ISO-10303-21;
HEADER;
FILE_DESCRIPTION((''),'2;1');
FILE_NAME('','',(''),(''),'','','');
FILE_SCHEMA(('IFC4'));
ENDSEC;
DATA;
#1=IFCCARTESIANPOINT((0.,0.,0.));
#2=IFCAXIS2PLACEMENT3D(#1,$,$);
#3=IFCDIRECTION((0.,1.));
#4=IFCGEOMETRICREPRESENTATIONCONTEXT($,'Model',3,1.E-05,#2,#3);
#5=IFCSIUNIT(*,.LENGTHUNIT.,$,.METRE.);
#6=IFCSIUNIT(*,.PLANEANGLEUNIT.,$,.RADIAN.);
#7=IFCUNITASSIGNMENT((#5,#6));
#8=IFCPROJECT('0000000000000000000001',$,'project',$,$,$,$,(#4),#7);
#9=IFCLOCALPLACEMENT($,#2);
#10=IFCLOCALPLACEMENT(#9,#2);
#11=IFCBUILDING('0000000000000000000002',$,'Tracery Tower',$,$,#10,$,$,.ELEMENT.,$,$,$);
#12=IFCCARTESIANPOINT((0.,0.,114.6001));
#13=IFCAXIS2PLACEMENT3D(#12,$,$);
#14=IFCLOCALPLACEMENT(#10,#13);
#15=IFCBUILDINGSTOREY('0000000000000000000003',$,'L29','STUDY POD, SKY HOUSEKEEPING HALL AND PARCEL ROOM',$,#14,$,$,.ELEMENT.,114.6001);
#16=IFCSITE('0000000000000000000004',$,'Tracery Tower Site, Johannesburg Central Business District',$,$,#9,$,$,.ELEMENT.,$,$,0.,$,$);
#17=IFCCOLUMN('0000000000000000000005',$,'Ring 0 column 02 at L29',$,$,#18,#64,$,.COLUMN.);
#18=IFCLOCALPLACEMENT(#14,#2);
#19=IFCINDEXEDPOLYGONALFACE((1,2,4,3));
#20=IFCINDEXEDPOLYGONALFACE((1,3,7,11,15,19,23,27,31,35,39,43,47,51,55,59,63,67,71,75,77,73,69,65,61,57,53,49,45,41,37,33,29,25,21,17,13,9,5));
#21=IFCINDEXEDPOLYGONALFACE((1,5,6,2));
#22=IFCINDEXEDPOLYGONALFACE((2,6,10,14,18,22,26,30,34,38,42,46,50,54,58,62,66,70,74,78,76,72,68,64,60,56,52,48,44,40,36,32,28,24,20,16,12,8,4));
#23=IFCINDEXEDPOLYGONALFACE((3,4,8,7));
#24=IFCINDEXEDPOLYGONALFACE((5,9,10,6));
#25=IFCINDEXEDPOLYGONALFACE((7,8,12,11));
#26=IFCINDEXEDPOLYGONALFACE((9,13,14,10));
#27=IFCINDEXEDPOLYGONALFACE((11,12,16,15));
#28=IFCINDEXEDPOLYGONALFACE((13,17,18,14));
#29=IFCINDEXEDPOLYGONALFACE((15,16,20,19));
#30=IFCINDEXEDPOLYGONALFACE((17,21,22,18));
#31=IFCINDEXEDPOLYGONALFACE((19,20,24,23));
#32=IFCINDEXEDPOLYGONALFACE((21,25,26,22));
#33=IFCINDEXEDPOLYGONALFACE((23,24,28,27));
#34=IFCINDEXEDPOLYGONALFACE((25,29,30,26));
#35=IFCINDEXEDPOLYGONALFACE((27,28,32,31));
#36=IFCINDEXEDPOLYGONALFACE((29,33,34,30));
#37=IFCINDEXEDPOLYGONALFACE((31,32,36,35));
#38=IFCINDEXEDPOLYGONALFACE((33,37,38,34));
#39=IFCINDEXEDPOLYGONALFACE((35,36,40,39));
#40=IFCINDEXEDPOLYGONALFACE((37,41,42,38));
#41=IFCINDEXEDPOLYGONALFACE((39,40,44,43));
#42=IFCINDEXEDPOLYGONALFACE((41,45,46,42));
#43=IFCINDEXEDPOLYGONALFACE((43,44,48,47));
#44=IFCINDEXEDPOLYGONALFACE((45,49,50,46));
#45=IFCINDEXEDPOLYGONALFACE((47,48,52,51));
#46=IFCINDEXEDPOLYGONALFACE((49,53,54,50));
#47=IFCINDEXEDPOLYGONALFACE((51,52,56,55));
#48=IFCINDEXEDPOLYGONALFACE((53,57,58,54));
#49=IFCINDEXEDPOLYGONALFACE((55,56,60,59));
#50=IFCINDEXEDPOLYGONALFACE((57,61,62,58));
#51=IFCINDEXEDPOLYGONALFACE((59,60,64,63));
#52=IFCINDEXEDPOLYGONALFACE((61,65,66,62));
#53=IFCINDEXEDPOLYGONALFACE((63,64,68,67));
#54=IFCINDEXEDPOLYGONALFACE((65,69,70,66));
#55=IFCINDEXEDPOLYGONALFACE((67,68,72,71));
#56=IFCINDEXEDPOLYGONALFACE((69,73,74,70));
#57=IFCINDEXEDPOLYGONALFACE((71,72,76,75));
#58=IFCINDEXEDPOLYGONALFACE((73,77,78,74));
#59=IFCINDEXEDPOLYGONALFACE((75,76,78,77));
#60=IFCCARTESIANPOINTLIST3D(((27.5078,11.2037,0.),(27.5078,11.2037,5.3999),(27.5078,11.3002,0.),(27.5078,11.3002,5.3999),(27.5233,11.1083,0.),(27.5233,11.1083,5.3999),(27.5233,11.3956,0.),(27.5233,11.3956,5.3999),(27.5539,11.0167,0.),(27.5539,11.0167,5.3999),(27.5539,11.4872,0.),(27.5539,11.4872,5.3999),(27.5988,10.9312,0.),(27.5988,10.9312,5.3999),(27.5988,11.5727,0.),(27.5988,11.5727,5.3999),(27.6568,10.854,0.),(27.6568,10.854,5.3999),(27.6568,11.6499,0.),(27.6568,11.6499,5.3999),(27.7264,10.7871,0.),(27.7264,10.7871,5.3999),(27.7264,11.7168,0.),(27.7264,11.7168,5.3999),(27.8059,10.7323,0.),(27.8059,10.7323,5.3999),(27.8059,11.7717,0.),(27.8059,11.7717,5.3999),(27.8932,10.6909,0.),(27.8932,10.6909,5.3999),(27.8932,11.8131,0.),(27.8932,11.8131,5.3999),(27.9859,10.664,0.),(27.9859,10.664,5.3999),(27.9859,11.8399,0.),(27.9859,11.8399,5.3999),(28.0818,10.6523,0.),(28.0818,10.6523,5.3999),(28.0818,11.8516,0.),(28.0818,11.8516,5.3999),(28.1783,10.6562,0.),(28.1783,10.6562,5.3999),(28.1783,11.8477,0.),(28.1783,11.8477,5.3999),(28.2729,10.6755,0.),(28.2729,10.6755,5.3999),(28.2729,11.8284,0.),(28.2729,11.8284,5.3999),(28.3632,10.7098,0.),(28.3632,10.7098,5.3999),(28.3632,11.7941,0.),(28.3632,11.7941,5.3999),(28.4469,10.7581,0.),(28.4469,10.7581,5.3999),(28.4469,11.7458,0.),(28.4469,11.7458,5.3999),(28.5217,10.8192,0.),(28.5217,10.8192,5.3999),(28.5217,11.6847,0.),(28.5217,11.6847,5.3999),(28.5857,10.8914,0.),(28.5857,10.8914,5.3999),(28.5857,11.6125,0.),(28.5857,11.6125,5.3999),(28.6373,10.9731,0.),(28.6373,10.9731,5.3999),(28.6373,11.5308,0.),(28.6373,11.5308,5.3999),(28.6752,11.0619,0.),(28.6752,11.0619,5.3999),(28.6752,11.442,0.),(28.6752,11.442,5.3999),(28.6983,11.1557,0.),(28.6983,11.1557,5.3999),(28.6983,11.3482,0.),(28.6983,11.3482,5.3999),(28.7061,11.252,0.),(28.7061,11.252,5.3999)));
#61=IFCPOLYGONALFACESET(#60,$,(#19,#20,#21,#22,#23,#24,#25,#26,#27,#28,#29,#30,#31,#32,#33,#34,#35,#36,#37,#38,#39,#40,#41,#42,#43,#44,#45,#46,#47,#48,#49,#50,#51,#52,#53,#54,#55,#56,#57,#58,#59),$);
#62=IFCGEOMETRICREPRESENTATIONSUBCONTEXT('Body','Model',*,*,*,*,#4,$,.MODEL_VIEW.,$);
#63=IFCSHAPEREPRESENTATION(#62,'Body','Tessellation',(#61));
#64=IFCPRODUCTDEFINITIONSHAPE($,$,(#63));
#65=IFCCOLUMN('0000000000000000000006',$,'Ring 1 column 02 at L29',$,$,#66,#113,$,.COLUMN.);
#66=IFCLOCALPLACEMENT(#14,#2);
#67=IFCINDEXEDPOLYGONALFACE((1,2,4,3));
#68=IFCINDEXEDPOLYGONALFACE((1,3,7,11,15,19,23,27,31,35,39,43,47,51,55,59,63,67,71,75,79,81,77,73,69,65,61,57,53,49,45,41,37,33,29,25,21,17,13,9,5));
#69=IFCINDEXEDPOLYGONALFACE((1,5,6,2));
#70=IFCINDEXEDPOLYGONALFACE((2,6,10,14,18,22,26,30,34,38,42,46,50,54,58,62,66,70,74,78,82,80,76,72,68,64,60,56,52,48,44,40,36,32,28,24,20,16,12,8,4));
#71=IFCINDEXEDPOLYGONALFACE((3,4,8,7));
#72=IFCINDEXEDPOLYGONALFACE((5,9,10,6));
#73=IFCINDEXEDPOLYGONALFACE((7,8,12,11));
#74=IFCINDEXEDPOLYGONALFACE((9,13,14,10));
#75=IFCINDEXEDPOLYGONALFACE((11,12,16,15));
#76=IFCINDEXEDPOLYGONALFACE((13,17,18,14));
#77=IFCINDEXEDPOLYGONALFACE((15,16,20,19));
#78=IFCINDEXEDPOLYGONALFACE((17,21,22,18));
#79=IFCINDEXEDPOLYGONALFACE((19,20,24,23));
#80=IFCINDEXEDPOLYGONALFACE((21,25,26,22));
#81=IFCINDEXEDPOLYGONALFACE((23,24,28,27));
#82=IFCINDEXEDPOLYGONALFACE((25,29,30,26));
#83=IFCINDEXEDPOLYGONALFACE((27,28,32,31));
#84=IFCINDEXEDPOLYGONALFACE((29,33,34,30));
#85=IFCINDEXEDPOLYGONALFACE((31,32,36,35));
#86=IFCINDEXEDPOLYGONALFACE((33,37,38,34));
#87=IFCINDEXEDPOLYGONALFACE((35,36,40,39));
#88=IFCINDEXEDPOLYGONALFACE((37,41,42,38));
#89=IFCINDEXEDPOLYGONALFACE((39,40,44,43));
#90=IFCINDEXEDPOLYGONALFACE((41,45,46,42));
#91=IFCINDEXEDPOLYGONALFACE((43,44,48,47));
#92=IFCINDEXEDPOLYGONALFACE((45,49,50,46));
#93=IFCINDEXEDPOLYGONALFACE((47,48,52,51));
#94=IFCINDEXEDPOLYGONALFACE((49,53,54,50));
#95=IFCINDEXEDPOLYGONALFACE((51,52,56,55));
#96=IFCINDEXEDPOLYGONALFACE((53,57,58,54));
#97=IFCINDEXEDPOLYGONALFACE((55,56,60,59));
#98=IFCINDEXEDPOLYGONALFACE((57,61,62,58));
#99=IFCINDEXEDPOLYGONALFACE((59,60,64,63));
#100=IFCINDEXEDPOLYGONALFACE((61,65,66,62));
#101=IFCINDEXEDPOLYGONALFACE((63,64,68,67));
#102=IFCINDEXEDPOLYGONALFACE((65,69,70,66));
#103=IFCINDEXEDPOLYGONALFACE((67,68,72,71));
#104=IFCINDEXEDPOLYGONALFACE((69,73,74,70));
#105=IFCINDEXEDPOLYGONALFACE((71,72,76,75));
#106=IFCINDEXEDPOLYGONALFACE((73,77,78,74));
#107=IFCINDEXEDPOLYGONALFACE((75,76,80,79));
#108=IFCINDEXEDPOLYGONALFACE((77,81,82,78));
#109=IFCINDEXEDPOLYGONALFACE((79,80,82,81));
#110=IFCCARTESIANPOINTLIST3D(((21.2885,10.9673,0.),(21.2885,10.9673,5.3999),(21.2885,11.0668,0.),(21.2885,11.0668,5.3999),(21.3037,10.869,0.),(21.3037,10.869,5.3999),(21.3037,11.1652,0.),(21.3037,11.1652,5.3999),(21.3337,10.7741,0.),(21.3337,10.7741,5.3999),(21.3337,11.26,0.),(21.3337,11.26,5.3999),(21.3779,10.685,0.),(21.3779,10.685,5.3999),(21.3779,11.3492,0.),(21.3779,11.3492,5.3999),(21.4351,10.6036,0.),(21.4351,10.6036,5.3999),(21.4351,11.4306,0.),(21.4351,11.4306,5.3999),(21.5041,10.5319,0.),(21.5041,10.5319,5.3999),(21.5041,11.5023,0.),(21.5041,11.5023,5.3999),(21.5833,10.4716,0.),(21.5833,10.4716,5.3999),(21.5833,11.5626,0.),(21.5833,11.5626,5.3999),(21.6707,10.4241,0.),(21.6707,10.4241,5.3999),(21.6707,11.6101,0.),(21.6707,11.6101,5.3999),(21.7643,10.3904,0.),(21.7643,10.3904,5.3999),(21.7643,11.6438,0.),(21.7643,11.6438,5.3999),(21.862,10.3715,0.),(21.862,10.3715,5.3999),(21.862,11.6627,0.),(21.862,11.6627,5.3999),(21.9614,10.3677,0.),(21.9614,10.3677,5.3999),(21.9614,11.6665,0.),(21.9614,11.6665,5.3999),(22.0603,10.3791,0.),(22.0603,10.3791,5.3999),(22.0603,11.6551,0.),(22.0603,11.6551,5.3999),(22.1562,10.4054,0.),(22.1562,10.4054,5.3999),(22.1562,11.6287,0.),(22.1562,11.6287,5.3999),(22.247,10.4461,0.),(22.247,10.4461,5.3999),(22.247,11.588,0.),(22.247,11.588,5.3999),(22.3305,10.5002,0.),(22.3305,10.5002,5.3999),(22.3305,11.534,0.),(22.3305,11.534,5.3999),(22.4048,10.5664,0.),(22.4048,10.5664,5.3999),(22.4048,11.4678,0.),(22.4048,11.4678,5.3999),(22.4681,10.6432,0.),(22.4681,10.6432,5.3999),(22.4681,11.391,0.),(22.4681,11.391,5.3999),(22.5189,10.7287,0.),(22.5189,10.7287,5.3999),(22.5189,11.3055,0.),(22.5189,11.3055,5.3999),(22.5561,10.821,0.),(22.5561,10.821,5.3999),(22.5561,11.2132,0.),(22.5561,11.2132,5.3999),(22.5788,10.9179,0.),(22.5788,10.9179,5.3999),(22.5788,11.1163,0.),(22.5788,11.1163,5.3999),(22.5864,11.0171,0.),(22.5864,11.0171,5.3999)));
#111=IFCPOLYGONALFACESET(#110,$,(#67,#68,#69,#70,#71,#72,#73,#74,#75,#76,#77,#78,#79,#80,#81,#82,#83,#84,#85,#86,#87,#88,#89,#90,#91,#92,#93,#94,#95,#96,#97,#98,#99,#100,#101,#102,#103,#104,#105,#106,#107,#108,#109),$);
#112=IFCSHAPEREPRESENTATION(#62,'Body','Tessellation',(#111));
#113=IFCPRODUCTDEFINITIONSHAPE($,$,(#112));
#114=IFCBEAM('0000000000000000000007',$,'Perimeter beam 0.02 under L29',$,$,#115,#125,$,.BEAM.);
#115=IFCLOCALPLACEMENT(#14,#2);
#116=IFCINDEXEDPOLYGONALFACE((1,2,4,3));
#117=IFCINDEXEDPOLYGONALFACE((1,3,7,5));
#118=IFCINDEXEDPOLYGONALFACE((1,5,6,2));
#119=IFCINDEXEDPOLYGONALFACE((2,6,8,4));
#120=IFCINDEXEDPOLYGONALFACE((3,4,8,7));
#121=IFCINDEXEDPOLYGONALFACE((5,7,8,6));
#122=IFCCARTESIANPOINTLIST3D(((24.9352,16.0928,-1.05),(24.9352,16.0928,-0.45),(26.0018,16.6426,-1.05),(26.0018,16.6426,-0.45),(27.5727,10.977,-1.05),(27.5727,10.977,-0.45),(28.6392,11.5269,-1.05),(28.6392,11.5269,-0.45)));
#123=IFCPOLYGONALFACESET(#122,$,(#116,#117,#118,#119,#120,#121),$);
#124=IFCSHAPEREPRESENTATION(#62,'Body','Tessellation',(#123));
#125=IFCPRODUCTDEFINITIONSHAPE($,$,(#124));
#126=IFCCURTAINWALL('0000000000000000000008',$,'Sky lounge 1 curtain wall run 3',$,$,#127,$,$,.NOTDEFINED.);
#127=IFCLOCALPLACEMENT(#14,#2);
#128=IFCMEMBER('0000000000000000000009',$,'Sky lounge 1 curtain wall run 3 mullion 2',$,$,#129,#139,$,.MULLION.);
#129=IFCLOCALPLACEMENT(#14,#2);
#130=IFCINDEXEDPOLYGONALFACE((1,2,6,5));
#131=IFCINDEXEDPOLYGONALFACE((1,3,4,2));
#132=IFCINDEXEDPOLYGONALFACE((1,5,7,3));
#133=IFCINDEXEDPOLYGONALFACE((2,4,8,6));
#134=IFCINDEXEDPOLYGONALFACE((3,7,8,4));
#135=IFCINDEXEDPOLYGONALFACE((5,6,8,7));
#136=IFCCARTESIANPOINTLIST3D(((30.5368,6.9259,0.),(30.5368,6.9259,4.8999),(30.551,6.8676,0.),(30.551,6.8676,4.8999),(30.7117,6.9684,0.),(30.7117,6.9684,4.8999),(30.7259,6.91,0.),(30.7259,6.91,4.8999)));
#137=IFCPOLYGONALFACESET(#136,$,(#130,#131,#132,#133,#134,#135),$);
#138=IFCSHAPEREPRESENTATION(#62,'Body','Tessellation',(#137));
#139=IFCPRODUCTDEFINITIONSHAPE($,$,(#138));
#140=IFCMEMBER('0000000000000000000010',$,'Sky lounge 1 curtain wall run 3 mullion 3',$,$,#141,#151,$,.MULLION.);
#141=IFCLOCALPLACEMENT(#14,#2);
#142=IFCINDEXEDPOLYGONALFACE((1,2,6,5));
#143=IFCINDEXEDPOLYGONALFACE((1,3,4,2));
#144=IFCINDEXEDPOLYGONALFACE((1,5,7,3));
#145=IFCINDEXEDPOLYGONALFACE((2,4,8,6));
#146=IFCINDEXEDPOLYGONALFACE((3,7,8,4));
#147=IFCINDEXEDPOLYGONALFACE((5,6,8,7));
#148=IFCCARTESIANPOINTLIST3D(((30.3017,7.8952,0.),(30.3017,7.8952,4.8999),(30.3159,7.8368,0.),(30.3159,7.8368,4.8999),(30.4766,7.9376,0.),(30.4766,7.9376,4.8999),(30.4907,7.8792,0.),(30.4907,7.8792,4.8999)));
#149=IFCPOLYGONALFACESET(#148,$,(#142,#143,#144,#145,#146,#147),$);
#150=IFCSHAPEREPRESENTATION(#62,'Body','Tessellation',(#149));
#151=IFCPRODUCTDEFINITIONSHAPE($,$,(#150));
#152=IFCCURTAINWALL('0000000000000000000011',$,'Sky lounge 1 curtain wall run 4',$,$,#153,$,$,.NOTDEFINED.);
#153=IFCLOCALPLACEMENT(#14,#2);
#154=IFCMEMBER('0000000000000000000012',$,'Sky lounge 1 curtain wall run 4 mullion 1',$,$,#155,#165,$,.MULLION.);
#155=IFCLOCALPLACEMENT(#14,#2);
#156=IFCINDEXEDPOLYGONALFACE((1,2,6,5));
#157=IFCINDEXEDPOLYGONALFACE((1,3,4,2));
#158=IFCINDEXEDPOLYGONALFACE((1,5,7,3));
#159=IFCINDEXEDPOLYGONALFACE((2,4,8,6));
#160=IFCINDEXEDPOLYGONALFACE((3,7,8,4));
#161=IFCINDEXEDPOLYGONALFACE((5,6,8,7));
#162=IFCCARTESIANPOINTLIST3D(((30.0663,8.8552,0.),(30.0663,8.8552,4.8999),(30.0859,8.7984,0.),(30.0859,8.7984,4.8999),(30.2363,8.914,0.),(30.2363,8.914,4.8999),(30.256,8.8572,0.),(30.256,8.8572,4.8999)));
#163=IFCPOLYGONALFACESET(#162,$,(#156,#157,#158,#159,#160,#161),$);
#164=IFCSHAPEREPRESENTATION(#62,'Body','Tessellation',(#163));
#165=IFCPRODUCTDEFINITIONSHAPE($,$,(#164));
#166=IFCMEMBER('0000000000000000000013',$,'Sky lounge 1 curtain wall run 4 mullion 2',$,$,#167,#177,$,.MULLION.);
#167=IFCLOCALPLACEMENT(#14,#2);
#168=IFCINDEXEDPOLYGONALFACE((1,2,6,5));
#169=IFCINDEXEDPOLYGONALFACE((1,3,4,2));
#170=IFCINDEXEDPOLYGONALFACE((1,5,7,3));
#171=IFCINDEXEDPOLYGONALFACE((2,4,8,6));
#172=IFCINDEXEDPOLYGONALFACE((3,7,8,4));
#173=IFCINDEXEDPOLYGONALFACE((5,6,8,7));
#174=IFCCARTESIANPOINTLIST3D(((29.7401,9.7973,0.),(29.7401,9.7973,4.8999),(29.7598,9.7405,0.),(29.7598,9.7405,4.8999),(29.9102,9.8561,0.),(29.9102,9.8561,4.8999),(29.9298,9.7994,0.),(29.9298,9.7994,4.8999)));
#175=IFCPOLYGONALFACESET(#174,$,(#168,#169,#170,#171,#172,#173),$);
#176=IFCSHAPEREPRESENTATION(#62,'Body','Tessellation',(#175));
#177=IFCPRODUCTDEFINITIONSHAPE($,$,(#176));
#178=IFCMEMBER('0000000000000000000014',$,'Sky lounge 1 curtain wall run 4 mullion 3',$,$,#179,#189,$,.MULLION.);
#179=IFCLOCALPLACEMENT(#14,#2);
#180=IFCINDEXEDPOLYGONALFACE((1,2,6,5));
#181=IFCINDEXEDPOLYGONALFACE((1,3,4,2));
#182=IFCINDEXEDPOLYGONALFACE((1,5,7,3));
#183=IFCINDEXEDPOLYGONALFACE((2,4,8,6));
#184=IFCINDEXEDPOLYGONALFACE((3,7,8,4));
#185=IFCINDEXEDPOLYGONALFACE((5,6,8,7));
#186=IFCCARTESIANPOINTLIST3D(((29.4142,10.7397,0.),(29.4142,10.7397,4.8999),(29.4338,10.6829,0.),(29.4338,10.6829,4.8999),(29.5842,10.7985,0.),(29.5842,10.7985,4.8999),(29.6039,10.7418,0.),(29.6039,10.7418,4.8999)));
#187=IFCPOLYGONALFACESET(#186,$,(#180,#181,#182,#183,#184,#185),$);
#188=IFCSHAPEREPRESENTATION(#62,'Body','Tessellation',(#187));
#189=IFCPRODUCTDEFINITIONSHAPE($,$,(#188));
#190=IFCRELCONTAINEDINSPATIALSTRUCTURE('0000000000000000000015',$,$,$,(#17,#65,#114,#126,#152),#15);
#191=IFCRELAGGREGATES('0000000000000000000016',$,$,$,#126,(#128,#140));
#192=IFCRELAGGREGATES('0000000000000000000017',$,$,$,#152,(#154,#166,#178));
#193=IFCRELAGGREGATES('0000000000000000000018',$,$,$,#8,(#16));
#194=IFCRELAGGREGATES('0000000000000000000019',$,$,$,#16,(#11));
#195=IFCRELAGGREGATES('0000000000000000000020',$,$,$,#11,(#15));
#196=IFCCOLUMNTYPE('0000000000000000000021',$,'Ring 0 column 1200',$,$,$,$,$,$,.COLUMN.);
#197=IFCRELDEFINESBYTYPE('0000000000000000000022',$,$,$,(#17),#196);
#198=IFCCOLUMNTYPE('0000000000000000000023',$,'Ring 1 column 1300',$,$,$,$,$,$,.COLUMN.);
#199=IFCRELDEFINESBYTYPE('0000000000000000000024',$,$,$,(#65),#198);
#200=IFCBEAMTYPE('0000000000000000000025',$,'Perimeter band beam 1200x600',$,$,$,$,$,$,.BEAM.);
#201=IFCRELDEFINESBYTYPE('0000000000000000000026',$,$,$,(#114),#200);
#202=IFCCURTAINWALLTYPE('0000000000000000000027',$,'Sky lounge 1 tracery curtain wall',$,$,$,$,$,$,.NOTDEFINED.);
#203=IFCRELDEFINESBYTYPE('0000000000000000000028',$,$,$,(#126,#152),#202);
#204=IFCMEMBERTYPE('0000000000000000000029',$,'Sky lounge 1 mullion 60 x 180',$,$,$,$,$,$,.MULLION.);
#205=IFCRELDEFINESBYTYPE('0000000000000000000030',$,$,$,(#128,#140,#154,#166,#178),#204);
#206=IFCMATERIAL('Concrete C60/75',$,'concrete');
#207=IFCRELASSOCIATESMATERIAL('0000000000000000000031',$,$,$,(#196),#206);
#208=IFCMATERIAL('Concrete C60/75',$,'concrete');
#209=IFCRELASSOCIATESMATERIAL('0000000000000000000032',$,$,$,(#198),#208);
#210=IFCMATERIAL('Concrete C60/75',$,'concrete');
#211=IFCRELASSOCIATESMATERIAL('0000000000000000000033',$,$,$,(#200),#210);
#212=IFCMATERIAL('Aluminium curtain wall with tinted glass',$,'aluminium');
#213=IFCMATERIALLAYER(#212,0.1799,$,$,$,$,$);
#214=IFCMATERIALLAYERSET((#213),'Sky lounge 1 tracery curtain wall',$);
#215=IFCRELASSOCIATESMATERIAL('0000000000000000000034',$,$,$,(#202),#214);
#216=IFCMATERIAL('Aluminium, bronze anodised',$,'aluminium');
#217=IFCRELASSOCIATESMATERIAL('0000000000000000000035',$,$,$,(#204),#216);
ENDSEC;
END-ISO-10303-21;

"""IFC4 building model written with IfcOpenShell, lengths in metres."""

from ifc_helpers import new_model, si_unit, direction, frame, origin, origin_2d, place, context, subcontext, project, spatial, rectangle, circle, extrude, material, layer, layer_set, material_profile, profile_set, type_object, element, aggregate, save


model = new_model("IFC4")

# Units and contexts
model_context = context("Model", 3, precision=1e-05, world=origin(), true_north=direction((0.0, 1.0)))
body_context = subcontext(model_context, "Body", "Model", "MODEL_VIEW")
ifc_project = project(units=[si_unit("LENGTHUNIT", "METRE"), si_unit("PLANEANGLEUNIT", "RADIAN")], contexts=[model_context])

# Site, building, storey
site_placement = place(None, origin())
site = spatial("IfcSite", under=ifc_project, at=site_placement, Name="Tracery Tower Site, Johannesburg Central Business District", CompositionType="ELEMENT", RefElevation=0.0)
building_placement = place(site_placement, origin())
building = spatial("IfcBuilding", under=site, at=building_placement, Name="Tracery Tower", CompositionType="ELEMENT")
storey_placement = place(building_placement, frame((0.0, 0.0, 114.6001)))
storey = spatial("IfcBuildingStorey", under=building, at=storey_placement, Name="L29", Description="STUDY POD, SKY HOUSEKEEPING HALL AND PARCEL ROOM", CompositionType="ELEMENT", Elevation=114.6001)

# Columns
ifc_material_1 = material(Name="Concrete C60/75", Category="concrete")
ifc_material_profile_1 = material_profile(ifc_material_1, circle(Radius=0.6001, at=origin_2d()), Name="RC D1200")
ifc_profile_set_1 = profile_set([ifc_material_profile_1], Name="Concrete C60/75")
column_type_1 = type_object("IfcColumnType", Name="Ring 0 column 1200", PredefinedType="COLUMN", material=ifc_profile_set_1)
column_1_placement = place(storey_placement, frame((28.106, 11.252, 0.0), z_axis=(0.0, 0.0, 1.0), x_axis=(1.0, 0.0, 0.0)))
element("IfcColumn", 1, at=column_1_placement, inside=storey, type_object=column_type_1, Name="Ring 0 column 02 at L29", PredefinedType="COLUMN", context=body_context, shape_type="SweptSolid", body=[
    extrude(circle(Radius=0.6001, at=origin_2d()), origin(), (0.0, 0.0, 1.0), 5.3999),
])
ifc_material_2 = material(Name="Concrete C60/75", Category="concrete")
ifc_material_profile_2 = material_profile(ifc_material_2, circle(Radius=0.6499, at=origin_2d()), Name="RC D1300")
ifc_profile_set_2 = profile_set([ifc_material_profile_2], Name="Concrete C60/75")
column_type_2 = type_object("IfcColumnType", Name="Ring 1 column 1300", PredefinedType="COLUMN", material=ifc_profile_set_2)
column_2_placement = place(storey_placement, frame((21.9365, 11.0171, 0.0), z_axis=(0.0, 0.0, 1.0), x_axis=(1.0, 0.0, 0.0)))
element("IfcColumn", 2, at=column_2_placement, inside=storey, type_object=column_type_2, Name="Ring 1 column 02 at L29", PredefinedType="COLUMN", context=body_context, shape_type="SweptSolid", body=[
    extrude(circle(Radius=0.6499, at=origin_2d()), origin(), (0.0, 0.0, 1.0), 5.3999),
])

# Beam
ifc_material_3 = material(Name="Concrete C60/75", Category="concrete")
ifc_material_profile_3 = material_profile(ifc_material_3, rectangle(XDim=1.2, YDim=0.6001, at=origin_2d()), Name="RC 1200x600")
ifc_profile_set_3 = profile_set([ifc_material_profile_3], Name="Concrete C60/75")
beam_type = type_object("IfcBeamType", Name="Perimeter band beam 1200x600", PredefinedType="BEAM", material=ifc_profile_set_3)
beam_placement = place(storey_placement, frame((28.106, 11.252, -0.75), z_axis=(-0.458242, 0.888827, 0.0), x_axis=(-0.888827, -0.458242, 0.0)))
element("IfcBeam", 3, at=beam_placement, inside=storey, type_object=beam_type, Name="Perimeter beam 0.02 under L29", PredefinedType="BEAM", context=body_context, shape_type="SweptSolid", body=[
    extrude(rectangle(XDim=1.2, YDim=0.6001, at=origin_2d()), origin(), (0.0, 0.0, 1.0), 5.7556),
])

# Curtain walls, members
ifc_material_4 = material(Name="Aluminium curtain wall with tinted glass", Category="aluminium")
ifc_layer_1 = layer(ifc_material_4, 0.1799)
ifc_layer_set_1 = layer_set([ifc_layer_1], Name="Sky lounge 1 tracery curtain wall")
curtain_wall_type = type_object("IfcCurtainWallType", Name="Sky lounge 1 tracery curtain wall", PredefinedType="NOTDEFINED", material=ifc_layer_set_1)
curtain_wall_1_placement = place(storey_placement, origin())
curtain_wall_1 = element("IfcCurtainWall", 4, at=curtain_wall_1_placement, inside=storey, type_object=curtain_wall_type, Name="Sky lounge 1 curtain wall run 3", PredefinedType="NOTDEFINED")
ifc_material_5 = material(Name="Aluminium, bronze anodised", Category="aluminium")
ifc_material_profile_4 = material_profile(ifc_material_5, rectangle(XDim=0.1799, YDim=0.0601, at=origin_2d()), Name="AL 60x180")
ifc_profile_set_4 = profile_set([ifc_material_profile_4], Name="Aluminium, bronze anodised")
member_type_1 = type_object("IfcMemberType", Name="Sky lounge 1 mullion 60 x 180", PredefinedType="MULLION", material=ifc_profile_set_4)
member_1_placement = place(storey_placement, frame((30.6313, 6.918, 0.0), z_axis=(0.0, 0.0, 1.0), x_axis=(-0.971812, -0.235759, 0.0)))
member_1 = element("IfcMember", 5, at=member_1_placement, type_object=member_type_1, Name="Sky lounge 1 curtain wall run 3 mullion 2", PredefinedType="MULLION", context=body_context, shape_type="SweptSolid", body=[
    extrude(rectangle(XDim=0.1799, YDim=0.0601, at=origin_2d()), origin(), (0.0, 0.0, 1.0), 4.8999),
])
member_2_placement = place(storey_placement, frame((30.3962, 7.8872, 0.0), z_axis=(0.0, 0.0, 1.0), x_axis=(-0.971812, -0.235759, 0.0)))
member_2 = element("IfcMember", 6, at=member_2_placement, type_object=member_type_1, Name="Sky lounge 1 curtain wall run 3 mullion 3", PredefinedType="MULLION", context=body_context, shape_type="SweptSolid", body=[
    extrude(rectangle(XDim=0.1799, YDim=0.0601, at=origin_2d()), origin(), (0.0, 0.0, 1.0), 4.8999),
])
curtain_wall_2_placement = place(storey_placement, origin())
curtain_wall_2 = element("IfcCurtainWall", 7, at=curtain_wall_2_placement, inside=storey, type_object=curtain_wall_type, Name="Sky lounge 1 curtain wall run 4", PredefinedType="NOTDEFINED")
member_3_placement = place(storey_placement, frame((30.1611, 8.8562, 0.0), z_axis=(0.0, 0.0, 1.0), x_axis=(-0.945001, -0.327068, 0.0)))
member_3 = element("IfcMember", 8, at=member_3_placement, type_object=member_type_1, Name="Sky lounge 1 curtain wall run 4 mullion 1", PredefinedType="MULLION", context=body_context, shape_type="SweptSolid", body=[
    extrude(rectangle(XDim=0.1799, YDim=0.0601, at=origin_2d()), origin(), (0.0, 0.0, 1.0), 4.8999),
])
member_4_placement = place(storey_placement, frame((29.835, 9.7983, 0.0), z_axis=(0.0, 0.0, 1.0), x_axis=(-0.945001, -0.327068, 0.0)))
member_4 = element("IfcMember", 9, at=member_4_placement, type_object=member_type_1, Name="Sky lounge 1 curtain wall run 4 mullion 2", PredefinedType="MULLION", context=body_context, shape_type="SweptSolid", body=[
    extrude(rectangle(XDim=0.1799, YDim=0.0601, at=origin_2d()), origin(), (0.0, 0.0, 1.0), 4.8999),
])
member_5_placement = place(storey_placement, frame((29.509, 10.7407, 0.0), z_axis=(0.0, 0.0, 1.0), x_axis=(-0.945001, -0.327068, 0.0)))
member_5 = element("IfcMember", 10, at=member_5_placement, type_object=member_type_1, Name="Sky lounge 1 curtain wall run 4 mullion 3", PredefinedType="MULLION", context=body_context, shape_type="SweptSolid", body=[
    extrude(rectangle(XDim=0.1799, YDim=0.0601, at=origin_2d()), origin(), (0.0, 0.0, 1.0), 4.8999),
])

aggregate(curtain_wall_1, [member_1, member_2])
aggregate(curtain_wall_2, [member_3, member_4, member_5])

save(model, "model.ifc")
